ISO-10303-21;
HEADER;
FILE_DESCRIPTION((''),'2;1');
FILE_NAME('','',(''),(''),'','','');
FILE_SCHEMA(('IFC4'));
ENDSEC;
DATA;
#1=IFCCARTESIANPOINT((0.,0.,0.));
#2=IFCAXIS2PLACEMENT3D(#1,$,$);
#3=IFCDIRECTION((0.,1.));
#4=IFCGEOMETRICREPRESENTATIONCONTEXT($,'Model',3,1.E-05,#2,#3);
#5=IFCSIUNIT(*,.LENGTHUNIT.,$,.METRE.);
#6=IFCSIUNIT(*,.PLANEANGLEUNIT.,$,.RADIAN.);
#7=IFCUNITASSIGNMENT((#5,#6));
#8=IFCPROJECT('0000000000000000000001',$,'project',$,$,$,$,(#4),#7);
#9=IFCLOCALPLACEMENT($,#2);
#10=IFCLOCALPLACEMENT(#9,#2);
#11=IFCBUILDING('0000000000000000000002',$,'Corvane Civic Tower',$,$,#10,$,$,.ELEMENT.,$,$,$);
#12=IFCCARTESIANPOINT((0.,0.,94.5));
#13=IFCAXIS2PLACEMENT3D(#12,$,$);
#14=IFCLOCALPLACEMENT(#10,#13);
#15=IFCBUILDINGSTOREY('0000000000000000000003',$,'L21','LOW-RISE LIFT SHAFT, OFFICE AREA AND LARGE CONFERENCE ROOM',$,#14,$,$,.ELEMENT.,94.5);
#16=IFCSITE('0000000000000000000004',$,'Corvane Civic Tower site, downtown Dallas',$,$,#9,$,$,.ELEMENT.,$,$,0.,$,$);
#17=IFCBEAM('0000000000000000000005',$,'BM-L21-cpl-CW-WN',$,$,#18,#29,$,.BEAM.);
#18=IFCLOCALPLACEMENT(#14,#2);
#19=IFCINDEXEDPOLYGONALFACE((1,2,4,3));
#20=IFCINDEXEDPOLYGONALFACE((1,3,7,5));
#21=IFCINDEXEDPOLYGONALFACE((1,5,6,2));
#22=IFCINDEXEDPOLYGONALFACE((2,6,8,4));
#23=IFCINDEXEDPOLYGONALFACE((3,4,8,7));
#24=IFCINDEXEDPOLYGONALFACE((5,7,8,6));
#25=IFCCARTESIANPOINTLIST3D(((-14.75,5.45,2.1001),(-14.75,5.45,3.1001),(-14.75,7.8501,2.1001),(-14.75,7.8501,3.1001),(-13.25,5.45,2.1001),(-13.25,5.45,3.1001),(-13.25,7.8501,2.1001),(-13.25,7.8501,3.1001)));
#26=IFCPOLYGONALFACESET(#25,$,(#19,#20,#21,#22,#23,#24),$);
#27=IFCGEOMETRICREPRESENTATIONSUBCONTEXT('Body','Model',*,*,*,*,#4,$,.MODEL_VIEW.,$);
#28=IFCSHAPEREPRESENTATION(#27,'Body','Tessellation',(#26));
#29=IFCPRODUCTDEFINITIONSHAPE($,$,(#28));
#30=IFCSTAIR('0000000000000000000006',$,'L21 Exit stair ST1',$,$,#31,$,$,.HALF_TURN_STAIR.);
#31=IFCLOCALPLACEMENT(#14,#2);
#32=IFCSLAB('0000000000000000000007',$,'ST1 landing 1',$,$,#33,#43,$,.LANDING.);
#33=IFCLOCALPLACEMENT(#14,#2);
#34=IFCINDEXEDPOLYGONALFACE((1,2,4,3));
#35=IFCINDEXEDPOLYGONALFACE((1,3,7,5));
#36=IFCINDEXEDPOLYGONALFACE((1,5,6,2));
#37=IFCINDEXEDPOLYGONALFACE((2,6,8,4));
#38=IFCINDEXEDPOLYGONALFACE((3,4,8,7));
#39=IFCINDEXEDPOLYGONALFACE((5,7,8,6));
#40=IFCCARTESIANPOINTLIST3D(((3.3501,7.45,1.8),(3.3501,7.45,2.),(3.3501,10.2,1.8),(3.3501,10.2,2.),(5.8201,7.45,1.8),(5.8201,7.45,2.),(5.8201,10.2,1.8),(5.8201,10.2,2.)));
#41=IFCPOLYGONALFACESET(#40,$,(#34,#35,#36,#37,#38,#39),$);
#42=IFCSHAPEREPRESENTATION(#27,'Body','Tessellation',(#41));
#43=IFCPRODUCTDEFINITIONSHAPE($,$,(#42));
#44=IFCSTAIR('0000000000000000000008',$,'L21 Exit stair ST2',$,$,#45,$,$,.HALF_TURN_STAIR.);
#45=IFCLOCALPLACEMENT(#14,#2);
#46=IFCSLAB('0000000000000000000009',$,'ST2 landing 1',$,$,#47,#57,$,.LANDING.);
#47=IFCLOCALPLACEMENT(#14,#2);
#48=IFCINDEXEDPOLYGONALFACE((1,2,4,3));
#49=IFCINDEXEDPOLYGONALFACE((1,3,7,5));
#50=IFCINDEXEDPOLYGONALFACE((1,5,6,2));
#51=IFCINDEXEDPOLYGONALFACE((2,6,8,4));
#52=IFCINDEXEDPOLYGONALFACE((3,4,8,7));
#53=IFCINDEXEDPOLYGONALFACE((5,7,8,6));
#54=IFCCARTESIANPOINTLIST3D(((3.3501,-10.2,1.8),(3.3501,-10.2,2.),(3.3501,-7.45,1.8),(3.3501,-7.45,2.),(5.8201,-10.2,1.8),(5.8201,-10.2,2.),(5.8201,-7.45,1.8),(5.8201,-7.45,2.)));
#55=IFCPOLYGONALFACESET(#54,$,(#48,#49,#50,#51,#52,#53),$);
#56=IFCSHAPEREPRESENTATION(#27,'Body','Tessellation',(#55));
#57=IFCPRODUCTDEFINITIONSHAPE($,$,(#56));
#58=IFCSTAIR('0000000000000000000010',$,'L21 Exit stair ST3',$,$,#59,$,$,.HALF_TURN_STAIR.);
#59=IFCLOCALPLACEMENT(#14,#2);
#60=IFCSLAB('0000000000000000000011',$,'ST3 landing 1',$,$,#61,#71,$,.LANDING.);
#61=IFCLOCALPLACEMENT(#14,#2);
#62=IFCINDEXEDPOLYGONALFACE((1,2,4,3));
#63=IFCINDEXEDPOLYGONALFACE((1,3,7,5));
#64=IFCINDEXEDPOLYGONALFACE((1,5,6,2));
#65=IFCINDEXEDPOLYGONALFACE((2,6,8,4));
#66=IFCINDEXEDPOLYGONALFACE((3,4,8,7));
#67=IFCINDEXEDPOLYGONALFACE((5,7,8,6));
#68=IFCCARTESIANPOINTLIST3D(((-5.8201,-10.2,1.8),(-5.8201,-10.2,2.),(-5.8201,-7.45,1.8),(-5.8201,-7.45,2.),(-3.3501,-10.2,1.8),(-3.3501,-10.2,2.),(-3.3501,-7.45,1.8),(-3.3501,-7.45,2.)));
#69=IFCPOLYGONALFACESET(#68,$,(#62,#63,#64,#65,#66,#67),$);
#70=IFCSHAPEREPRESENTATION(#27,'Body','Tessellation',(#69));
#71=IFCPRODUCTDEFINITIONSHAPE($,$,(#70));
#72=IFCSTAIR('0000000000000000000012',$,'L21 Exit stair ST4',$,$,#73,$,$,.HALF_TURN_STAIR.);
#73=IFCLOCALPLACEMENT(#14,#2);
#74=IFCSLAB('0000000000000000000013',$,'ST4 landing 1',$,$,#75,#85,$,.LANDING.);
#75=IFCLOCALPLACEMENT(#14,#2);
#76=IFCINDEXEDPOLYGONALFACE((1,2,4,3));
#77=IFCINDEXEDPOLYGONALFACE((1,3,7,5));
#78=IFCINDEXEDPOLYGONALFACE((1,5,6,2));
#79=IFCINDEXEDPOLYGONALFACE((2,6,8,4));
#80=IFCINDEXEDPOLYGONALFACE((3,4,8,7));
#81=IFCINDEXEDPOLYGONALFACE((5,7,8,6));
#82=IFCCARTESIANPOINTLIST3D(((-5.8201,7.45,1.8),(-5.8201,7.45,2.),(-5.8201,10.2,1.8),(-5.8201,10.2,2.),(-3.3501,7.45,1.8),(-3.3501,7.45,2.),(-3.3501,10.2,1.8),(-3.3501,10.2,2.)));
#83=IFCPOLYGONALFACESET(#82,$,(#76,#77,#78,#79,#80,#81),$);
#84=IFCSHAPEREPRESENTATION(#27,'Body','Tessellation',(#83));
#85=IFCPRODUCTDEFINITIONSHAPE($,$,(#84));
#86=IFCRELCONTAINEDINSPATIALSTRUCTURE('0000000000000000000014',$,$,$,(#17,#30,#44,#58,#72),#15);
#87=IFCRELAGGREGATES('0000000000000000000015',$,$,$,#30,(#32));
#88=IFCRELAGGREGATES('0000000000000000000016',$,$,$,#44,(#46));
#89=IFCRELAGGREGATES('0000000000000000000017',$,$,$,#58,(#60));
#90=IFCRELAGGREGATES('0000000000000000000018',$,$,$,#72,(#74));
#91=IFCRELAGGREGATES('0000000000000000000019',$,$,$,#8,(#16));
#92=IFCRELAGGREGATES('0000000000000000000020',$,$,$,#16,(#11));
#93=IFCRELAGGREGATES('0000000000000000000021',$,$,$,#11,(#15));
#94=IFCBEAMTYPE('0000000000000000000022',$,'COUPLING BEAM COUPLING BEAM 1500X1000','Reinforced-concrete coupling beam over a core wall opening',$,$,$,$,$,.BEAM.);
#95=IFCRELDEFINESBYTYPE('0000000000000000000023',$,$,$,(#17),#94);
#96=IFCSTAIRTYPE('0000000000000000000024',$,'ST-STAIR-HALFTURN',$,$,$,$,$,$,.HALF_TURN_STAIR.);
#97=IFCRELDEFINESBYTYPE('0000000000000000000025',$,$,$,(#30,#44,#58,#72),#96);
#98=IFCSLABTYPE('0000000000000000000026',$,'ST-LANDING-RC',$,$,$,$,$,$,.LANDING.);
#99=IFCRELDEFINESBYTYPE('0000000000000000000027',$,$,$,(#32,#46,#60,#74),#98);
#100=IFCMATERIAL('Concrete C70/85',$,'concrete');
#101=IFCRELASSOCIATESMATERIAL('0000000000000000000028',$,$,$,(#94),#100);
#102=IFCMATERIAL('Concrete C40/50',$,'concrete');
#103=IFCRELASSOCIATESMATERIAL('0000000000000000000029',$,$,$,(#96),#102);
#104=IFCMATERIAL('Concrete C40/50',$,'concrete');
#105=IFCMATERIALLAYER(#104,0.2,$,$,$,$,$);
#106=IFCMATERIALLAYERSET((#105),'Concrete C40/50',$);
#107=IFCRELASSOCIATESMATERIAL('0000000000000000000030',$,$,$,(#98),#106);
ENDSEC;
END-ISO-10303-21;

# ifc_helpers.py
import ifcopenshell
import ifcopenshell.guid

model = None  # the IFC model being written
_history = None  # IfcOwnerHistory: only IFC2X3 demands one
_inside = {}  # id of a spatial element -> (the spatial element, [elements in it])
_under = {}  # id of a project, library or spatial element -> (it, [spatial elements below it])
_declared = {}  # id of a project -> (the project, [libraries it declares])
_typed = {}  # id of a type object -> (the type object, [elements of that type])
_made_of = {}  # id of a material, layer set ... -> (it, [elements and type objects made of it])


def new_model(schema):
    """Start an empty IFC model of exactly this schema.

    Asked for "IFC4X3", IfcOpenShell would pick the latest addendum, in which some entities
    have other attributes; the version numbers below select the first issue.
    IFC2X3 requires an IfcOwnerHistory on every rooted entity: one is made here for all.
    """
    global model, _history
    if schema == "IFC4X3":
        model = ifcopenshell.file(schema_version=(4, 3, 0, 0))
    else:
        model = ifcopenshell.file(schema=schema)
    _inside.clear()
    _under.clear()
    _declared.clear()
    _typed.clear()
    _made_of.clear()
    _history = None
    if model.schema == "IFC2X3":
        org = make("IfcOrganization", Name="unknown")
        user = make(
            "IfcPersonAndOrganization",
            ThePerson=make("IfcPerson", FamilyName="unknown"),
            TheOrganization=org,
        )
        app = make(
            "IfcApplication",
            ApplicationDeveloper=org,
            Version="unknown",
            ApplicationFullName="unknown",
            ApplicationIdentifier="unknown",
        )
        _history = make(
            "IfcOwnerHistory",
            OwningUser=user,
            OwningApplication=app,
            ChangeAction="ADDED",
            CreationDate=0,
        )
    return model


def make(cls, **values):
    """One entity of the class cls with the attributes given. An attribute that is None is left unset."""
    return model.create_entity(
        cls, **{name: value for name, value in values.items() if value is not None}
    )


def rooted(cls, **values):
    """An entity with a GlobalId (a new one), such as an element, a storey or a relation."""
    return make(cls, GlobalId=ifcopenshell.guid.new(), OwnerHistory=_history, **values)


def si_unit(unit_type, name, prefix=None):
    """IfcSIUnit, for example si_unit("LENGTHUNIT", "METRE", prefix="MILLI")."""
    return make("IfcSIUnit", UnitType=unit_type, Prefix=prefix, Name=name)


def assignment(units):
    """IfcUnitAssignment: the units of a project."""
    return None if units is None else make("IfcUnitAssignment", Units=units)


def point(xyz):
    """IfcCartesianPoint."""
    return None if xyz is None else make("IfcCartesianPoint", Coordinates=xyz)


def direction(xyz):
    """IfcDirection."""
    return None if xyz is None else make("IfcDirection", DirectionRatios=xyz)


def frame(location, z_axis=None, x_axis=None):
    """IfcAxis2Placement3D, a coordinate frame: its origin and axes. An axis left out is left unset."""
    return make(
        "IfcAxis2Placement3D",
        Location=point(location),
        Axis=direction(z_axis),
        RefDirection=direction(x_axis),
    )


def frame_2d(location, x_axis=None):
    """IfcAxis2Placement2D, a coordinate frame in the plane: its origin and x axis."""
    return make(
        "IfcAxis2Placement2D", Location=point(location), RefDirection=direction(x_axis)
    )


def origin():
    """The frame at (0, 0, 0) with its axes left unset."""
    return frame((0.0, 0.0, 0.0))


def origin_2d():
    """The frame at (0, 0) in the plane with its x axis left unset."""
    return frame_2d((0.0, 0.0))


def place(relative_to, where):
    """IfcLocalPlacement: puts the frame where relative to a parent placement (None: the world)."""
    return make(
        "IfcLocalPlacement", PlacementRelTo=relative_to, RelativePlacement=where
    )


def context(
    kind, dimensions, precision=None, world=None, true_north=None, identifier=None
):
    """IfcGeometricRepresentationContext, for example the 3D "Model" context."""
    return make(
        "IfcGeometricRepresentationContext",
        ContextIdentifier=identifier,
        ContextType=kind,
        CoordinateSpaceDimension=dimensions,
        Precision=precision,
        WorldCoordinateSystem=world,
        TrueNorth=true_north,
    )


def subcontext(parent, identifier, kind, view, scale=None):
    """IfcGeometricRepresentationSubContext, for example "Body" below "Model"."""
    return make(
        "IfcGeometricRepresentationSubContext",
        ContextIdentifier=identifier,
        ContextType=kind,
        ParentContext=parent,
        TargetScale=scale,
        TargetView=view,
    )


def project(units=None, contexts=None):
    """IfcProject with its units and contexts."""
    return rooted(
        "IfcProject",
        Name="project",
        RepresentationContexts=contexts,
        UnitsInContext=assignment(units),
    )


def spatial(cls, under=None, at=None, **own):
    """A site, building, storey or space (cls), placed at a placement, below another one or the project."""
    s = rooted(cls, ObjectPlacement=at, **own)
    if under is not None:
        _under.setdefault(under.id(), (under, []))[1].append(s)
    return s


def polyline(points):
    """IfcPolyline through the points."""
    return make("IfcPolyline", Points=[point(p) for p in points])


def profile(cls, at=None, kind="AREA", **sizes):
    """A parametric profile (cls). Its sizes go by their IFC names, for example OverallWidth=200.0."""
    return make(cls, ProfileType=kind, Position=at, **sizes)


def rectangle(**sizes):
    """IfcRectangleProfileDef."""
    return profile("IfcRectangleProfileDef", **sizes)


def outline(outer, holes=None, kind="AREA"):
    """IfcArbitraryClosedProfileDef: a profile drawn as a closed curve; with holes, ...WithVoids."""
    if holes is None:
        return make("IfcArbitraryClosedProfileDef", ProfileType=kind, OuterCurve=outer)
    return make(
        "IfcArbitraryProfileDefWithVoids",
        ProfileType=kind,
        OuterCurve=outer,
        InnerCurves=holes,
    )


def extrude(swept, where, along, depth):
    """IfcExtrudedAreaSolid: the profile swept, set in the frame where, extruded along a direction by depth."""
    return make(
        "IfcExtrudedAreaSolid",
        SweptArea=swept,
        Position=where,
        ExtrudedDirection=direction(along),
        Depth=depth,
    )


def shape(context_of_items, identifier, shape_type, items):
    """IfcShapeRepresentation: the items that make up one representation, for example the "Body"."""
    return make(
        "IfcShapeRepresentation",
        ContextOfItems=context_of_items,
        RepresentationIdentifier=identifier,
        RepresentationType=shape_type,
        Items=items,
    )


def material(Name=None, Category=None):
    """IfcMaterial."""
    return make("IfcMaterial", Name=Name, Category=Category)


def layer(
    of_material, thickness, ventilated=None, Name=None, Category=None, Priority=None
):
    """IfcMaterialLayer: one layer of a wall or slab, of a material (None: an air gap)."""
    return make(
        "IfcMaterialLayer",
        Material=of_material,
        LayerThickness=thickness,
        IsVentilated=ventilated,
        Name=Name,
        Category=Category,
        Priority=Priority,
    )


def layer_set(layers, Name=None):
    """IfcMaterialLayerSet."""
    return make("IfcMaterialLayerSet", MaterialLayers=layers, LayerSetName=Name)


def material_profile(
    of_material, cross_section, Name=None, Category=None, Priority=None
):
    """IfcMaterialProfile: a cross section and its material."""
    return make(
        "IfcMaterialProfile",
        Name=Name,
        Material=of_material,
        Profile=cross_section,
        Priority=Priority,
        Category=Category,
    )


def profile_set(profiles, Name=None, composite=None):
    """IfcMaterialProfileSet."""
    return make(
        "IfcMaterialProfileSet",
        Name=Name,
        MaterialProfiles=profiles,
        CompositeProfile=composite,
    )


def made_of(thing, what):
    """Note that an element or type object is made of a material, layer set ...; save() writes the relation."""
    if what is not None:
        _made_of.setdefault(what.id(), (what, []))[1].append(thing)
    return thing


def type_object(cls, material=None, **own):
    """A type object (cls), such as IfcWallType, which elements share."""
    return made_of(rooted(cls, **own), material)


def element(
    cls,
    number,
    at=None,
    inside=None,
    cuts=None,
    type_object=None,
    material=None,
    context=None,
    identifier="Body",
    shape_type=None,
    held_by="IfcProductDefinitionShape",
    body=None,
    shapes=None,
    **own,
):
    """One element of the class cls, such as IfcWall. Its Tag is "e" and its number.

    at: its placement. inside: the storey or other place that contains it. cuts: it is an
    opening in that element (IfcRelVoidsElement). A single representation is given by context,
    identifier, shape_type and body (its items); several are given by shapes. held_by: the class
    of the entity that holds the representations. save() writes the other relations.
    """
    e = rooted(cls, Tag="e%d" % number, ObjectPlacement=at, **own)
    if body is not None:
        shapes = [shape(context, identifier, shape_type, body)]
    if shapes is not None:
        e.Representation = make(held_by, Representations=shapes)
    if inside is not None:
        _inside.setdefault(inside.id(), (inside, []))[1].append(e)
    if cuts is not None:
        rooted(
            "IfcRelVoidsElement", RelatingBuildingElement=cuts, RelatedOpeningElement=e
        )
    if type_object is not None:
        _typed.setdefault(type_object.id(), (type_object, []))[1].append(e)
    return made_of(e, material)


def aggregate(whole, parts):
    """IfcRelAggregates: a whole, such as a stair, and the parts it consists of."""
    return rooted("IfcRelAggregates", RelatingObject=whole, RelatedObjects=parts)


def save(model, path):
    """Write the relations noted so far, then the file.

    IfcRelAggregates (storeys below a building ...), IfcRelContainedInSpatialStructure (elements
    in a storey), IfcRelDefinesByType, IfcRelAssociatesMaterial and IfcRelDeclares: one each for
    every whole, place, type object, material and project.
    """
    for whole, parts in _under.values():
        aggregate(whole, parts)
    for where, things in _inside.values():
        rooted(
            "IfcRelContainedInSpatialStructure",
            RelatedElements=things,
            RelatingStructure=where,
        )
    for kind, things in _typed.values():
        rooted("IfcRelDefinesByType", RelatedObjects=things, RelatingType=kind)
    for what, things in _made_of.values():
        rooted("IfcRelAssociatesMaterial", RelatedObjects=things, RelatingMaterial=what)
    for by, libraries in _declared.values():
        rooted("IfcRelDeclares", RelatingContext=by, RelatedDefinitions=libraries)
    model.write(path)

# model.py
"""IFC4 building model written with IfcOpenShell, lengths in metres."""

from ifc_helpers import new_model, si_unit, direction, frame, origin, origin_2d, place, context, subcontext, project, spatial, polyline, rectangle, outline, extrude, material, layer, layer_set, material_profile, profile_set, type_object, element, aggregate, save


model = new_model("IFC4")

# Units and contexts
model_context = context("Model", 3, precision=1e-05, world=origin(), true_north=direction((0.0, 1.0)))
body_context = subcontext(model_context, "Body", "Model", "MODEL_VIEW")
ifc_project = project(units=[si_unit("LENGTHUNIT", "METRE"), si_unit("PLANEANGLEUNIT", "RADIAN")], contexts=[model_context])

# Site, building, storey
site_placement = place(None, origin())
site = spatial("IfcSite", under=ifc_project, at=site_placement, Name="Corvane Civic Tower site, downtown Dallas", CompositionType="ELEMENT", RefElevation=0.0)
building_placement = place(site_placement, origin())
building = spatial("IfcBuilding", under=site, at=building_placement, Name="Corvane Civic Tower", CompositionType="ELEMENT")
storey_placement = place(building_placement, frame((0.0, 0.0, 94.5)))
storey = spatial("IfcBuildingStorey", under=building, at=storey_placement, Name="L21", Description="LOW-RISE LIFT SHAFT, OFFICE AREA AND LARGE CONFERENCE ROOM", CompositionType="ELEMENT", Elevation=94.5)

# Beam
ifc_material_1 = material(Name="Concrete C70/85", Category="concrete")
ifc_material_profile = material_profile(ifc_material_1, rectangle(XDim=1.5, YDim=1.0, at=origin_2d()), Name="COUPLING BEAM 1500X1000")
ifc_profile_set = profile_set([ifc_material_profile], Name="Concrete C70/85")
beam_type = type_object("IfcBeamType", Name="COUPLING BEAM COUPLING BEAM 1500X1000", Description="Reinforced-concrete coupling beam over a core wall opening", PredefinedType="BEAM", material=ifc_profile_set)
beam_placement = place(storey_placement, frame((-14.0, 5.45, 2.6001), z_axis=(0.0, 1.0, 0.0), x_axis=(-1.0, 0.0, 0.0)))
element("IfcBeam", 1, at=beam_placement, inside=storey, type_object=beam_type, Name="BM-L21-cpl-CW-WN", PredefinedType="BEAM", context=body_context, shape_type="SweptSolid", body=[
    extrude(rectangle(XDim=1.5, YDim=1.0, at=origin_2d()), origin(), (0.0, 0.0, 1.0), 2.4001),
])

# Stairs, slabs
ifc_material_2 = material(Name="Concrete C40/50", Category="concrete")
stair_type = type_object("IfcStairType", Name="ST-STAIR-HALFTURN", PredefinedType="HALF_TURN_STAIR", material=ifc_material_2)
stair_1_placement = place(storey_placement, origin())
stair_1 = element("IfcStair", 2, at=stair_1_placement, inside=storey, type_object=stair_type, Name="L21 Exit stair ST1", PredefinedType="HALF_TURN_STAIR")
ifc_material_3 = material(Name="Concrete C40/50", Category="concrete")
ifc_layer_1 = layer(ifc_material_3, 0.2)
ifc_layer_set_1 = layer_set([ifc_layer_1], Name="Concrete C40/50")
slab_type_1 = type_object("IfcSlabType", Name="ST-LANDING-RC", PredefinedType="LANDING", material=ifc_layer_set_1)
slab_1_placement = place(storey_placement, frame((0.0, 0.0, 1.8)))
slab_1 = element("IfcSlab", 3, at=slab_1_placement, type_object=slab_type_1, Name="ST1 landing 1", PredefinedType="LANDING", context=body_context, shape_type="SweptSolid", body=[
    extrude(outline(polyline([(5.8201, 10.2), (3.3501, 10.2), (3.3501, 7.45), (5.8201, 7.45), (5.8201, 10.2)])), origin(), (0.0, 0.0, 1.0), 0.2),
])
aggregate(stair_1, [slab_1])
stair_2_placement = place(storey_placement, origin())
stair_2 = element("IfcStair", 4, at=stair_2_placement, inside=storey, type_object=stair_type, Name="L21 Exit stair ST2", PredefinedType="HALF_TURN_STAIR")
slab_2_placement = place(storey_placement, frame((0.0, 0.0, 1.8)))
slab_2 = element("IfcSlab", 5, at=slab_2_placement, type_object=slab_type_1, Name="ST2 landing 1", PredefinedType="LANDING", context=body_context, shape_type="SweptSolid", body=[
    extrude(outline(polyline([(5.8201, -7.45), (3.3501, -7.45), (3.3501, -10.2), (5.8201, -10.2), (5.8201, -7.45)])), origin(), (0.0, 0.0, 1.0), 0.2),
])
aggregate(stair_2, [slab_2])
stair_3_placement = place(storey_placement, origin())
stair_3 = element("IfcStair", 6, at=stair_3_placement, inside=storey, type_object=stair_type, Name="L21 Exit stair ST3", PredefinedType="HALF_TURN_STAIR")
slab_3_placement = place(storey_placement, frame((0.0, 0.0, 1.8)))
slab_3 = element("IfcSlab", 7, at=slab_3_placement, type_object=slab_type_1, Name="ST3 landing 1", PredefinedType="LANDING", context=body_context, shape_type="SweptSolid", body=[
    extrude(outline(polyline([(-5.8201, -10.2), (-3.3501, -10.2), (-3.3501, -7.45), (-5.8201, -7.45), (-5.8201, -10.2)])), origin(), (0.0, 0.0, 1.0), 0.2),
])
aggregate(stair_3, [slab_3])
stair_4_placement = place(storey_placement, origin())
stair_4 = element("IfcStair", 8, at=stair_4_placement, inside=storey, type_object=stair_type, Name="L21 Exit stair ST4", PredefinedType="HALF_TURN_STAIR")
slab_4_placement = place(storey_placement, frame((0.0, 0.0, 1.8)))
slab_4 = element("IfcSlab", 9, at=slab_4_placement, type_object=slab_type_1, Name="ST4 landing 1", PredefinedType="LANDING", context=body_context, shape_type="SweptSolid", body=[
    extrude(outline(polyline([(-5.8201, 7.45), (-3.3501, 7.45), (-3.3501, 10.2), (-5.8201, 10.2), (-5.8201, 7.45)])), origin(), (0.0, 0.0, 1.0), 0.2),
])

aggregate(stair_4, [slab_4])

save(model, "model.ifc")
